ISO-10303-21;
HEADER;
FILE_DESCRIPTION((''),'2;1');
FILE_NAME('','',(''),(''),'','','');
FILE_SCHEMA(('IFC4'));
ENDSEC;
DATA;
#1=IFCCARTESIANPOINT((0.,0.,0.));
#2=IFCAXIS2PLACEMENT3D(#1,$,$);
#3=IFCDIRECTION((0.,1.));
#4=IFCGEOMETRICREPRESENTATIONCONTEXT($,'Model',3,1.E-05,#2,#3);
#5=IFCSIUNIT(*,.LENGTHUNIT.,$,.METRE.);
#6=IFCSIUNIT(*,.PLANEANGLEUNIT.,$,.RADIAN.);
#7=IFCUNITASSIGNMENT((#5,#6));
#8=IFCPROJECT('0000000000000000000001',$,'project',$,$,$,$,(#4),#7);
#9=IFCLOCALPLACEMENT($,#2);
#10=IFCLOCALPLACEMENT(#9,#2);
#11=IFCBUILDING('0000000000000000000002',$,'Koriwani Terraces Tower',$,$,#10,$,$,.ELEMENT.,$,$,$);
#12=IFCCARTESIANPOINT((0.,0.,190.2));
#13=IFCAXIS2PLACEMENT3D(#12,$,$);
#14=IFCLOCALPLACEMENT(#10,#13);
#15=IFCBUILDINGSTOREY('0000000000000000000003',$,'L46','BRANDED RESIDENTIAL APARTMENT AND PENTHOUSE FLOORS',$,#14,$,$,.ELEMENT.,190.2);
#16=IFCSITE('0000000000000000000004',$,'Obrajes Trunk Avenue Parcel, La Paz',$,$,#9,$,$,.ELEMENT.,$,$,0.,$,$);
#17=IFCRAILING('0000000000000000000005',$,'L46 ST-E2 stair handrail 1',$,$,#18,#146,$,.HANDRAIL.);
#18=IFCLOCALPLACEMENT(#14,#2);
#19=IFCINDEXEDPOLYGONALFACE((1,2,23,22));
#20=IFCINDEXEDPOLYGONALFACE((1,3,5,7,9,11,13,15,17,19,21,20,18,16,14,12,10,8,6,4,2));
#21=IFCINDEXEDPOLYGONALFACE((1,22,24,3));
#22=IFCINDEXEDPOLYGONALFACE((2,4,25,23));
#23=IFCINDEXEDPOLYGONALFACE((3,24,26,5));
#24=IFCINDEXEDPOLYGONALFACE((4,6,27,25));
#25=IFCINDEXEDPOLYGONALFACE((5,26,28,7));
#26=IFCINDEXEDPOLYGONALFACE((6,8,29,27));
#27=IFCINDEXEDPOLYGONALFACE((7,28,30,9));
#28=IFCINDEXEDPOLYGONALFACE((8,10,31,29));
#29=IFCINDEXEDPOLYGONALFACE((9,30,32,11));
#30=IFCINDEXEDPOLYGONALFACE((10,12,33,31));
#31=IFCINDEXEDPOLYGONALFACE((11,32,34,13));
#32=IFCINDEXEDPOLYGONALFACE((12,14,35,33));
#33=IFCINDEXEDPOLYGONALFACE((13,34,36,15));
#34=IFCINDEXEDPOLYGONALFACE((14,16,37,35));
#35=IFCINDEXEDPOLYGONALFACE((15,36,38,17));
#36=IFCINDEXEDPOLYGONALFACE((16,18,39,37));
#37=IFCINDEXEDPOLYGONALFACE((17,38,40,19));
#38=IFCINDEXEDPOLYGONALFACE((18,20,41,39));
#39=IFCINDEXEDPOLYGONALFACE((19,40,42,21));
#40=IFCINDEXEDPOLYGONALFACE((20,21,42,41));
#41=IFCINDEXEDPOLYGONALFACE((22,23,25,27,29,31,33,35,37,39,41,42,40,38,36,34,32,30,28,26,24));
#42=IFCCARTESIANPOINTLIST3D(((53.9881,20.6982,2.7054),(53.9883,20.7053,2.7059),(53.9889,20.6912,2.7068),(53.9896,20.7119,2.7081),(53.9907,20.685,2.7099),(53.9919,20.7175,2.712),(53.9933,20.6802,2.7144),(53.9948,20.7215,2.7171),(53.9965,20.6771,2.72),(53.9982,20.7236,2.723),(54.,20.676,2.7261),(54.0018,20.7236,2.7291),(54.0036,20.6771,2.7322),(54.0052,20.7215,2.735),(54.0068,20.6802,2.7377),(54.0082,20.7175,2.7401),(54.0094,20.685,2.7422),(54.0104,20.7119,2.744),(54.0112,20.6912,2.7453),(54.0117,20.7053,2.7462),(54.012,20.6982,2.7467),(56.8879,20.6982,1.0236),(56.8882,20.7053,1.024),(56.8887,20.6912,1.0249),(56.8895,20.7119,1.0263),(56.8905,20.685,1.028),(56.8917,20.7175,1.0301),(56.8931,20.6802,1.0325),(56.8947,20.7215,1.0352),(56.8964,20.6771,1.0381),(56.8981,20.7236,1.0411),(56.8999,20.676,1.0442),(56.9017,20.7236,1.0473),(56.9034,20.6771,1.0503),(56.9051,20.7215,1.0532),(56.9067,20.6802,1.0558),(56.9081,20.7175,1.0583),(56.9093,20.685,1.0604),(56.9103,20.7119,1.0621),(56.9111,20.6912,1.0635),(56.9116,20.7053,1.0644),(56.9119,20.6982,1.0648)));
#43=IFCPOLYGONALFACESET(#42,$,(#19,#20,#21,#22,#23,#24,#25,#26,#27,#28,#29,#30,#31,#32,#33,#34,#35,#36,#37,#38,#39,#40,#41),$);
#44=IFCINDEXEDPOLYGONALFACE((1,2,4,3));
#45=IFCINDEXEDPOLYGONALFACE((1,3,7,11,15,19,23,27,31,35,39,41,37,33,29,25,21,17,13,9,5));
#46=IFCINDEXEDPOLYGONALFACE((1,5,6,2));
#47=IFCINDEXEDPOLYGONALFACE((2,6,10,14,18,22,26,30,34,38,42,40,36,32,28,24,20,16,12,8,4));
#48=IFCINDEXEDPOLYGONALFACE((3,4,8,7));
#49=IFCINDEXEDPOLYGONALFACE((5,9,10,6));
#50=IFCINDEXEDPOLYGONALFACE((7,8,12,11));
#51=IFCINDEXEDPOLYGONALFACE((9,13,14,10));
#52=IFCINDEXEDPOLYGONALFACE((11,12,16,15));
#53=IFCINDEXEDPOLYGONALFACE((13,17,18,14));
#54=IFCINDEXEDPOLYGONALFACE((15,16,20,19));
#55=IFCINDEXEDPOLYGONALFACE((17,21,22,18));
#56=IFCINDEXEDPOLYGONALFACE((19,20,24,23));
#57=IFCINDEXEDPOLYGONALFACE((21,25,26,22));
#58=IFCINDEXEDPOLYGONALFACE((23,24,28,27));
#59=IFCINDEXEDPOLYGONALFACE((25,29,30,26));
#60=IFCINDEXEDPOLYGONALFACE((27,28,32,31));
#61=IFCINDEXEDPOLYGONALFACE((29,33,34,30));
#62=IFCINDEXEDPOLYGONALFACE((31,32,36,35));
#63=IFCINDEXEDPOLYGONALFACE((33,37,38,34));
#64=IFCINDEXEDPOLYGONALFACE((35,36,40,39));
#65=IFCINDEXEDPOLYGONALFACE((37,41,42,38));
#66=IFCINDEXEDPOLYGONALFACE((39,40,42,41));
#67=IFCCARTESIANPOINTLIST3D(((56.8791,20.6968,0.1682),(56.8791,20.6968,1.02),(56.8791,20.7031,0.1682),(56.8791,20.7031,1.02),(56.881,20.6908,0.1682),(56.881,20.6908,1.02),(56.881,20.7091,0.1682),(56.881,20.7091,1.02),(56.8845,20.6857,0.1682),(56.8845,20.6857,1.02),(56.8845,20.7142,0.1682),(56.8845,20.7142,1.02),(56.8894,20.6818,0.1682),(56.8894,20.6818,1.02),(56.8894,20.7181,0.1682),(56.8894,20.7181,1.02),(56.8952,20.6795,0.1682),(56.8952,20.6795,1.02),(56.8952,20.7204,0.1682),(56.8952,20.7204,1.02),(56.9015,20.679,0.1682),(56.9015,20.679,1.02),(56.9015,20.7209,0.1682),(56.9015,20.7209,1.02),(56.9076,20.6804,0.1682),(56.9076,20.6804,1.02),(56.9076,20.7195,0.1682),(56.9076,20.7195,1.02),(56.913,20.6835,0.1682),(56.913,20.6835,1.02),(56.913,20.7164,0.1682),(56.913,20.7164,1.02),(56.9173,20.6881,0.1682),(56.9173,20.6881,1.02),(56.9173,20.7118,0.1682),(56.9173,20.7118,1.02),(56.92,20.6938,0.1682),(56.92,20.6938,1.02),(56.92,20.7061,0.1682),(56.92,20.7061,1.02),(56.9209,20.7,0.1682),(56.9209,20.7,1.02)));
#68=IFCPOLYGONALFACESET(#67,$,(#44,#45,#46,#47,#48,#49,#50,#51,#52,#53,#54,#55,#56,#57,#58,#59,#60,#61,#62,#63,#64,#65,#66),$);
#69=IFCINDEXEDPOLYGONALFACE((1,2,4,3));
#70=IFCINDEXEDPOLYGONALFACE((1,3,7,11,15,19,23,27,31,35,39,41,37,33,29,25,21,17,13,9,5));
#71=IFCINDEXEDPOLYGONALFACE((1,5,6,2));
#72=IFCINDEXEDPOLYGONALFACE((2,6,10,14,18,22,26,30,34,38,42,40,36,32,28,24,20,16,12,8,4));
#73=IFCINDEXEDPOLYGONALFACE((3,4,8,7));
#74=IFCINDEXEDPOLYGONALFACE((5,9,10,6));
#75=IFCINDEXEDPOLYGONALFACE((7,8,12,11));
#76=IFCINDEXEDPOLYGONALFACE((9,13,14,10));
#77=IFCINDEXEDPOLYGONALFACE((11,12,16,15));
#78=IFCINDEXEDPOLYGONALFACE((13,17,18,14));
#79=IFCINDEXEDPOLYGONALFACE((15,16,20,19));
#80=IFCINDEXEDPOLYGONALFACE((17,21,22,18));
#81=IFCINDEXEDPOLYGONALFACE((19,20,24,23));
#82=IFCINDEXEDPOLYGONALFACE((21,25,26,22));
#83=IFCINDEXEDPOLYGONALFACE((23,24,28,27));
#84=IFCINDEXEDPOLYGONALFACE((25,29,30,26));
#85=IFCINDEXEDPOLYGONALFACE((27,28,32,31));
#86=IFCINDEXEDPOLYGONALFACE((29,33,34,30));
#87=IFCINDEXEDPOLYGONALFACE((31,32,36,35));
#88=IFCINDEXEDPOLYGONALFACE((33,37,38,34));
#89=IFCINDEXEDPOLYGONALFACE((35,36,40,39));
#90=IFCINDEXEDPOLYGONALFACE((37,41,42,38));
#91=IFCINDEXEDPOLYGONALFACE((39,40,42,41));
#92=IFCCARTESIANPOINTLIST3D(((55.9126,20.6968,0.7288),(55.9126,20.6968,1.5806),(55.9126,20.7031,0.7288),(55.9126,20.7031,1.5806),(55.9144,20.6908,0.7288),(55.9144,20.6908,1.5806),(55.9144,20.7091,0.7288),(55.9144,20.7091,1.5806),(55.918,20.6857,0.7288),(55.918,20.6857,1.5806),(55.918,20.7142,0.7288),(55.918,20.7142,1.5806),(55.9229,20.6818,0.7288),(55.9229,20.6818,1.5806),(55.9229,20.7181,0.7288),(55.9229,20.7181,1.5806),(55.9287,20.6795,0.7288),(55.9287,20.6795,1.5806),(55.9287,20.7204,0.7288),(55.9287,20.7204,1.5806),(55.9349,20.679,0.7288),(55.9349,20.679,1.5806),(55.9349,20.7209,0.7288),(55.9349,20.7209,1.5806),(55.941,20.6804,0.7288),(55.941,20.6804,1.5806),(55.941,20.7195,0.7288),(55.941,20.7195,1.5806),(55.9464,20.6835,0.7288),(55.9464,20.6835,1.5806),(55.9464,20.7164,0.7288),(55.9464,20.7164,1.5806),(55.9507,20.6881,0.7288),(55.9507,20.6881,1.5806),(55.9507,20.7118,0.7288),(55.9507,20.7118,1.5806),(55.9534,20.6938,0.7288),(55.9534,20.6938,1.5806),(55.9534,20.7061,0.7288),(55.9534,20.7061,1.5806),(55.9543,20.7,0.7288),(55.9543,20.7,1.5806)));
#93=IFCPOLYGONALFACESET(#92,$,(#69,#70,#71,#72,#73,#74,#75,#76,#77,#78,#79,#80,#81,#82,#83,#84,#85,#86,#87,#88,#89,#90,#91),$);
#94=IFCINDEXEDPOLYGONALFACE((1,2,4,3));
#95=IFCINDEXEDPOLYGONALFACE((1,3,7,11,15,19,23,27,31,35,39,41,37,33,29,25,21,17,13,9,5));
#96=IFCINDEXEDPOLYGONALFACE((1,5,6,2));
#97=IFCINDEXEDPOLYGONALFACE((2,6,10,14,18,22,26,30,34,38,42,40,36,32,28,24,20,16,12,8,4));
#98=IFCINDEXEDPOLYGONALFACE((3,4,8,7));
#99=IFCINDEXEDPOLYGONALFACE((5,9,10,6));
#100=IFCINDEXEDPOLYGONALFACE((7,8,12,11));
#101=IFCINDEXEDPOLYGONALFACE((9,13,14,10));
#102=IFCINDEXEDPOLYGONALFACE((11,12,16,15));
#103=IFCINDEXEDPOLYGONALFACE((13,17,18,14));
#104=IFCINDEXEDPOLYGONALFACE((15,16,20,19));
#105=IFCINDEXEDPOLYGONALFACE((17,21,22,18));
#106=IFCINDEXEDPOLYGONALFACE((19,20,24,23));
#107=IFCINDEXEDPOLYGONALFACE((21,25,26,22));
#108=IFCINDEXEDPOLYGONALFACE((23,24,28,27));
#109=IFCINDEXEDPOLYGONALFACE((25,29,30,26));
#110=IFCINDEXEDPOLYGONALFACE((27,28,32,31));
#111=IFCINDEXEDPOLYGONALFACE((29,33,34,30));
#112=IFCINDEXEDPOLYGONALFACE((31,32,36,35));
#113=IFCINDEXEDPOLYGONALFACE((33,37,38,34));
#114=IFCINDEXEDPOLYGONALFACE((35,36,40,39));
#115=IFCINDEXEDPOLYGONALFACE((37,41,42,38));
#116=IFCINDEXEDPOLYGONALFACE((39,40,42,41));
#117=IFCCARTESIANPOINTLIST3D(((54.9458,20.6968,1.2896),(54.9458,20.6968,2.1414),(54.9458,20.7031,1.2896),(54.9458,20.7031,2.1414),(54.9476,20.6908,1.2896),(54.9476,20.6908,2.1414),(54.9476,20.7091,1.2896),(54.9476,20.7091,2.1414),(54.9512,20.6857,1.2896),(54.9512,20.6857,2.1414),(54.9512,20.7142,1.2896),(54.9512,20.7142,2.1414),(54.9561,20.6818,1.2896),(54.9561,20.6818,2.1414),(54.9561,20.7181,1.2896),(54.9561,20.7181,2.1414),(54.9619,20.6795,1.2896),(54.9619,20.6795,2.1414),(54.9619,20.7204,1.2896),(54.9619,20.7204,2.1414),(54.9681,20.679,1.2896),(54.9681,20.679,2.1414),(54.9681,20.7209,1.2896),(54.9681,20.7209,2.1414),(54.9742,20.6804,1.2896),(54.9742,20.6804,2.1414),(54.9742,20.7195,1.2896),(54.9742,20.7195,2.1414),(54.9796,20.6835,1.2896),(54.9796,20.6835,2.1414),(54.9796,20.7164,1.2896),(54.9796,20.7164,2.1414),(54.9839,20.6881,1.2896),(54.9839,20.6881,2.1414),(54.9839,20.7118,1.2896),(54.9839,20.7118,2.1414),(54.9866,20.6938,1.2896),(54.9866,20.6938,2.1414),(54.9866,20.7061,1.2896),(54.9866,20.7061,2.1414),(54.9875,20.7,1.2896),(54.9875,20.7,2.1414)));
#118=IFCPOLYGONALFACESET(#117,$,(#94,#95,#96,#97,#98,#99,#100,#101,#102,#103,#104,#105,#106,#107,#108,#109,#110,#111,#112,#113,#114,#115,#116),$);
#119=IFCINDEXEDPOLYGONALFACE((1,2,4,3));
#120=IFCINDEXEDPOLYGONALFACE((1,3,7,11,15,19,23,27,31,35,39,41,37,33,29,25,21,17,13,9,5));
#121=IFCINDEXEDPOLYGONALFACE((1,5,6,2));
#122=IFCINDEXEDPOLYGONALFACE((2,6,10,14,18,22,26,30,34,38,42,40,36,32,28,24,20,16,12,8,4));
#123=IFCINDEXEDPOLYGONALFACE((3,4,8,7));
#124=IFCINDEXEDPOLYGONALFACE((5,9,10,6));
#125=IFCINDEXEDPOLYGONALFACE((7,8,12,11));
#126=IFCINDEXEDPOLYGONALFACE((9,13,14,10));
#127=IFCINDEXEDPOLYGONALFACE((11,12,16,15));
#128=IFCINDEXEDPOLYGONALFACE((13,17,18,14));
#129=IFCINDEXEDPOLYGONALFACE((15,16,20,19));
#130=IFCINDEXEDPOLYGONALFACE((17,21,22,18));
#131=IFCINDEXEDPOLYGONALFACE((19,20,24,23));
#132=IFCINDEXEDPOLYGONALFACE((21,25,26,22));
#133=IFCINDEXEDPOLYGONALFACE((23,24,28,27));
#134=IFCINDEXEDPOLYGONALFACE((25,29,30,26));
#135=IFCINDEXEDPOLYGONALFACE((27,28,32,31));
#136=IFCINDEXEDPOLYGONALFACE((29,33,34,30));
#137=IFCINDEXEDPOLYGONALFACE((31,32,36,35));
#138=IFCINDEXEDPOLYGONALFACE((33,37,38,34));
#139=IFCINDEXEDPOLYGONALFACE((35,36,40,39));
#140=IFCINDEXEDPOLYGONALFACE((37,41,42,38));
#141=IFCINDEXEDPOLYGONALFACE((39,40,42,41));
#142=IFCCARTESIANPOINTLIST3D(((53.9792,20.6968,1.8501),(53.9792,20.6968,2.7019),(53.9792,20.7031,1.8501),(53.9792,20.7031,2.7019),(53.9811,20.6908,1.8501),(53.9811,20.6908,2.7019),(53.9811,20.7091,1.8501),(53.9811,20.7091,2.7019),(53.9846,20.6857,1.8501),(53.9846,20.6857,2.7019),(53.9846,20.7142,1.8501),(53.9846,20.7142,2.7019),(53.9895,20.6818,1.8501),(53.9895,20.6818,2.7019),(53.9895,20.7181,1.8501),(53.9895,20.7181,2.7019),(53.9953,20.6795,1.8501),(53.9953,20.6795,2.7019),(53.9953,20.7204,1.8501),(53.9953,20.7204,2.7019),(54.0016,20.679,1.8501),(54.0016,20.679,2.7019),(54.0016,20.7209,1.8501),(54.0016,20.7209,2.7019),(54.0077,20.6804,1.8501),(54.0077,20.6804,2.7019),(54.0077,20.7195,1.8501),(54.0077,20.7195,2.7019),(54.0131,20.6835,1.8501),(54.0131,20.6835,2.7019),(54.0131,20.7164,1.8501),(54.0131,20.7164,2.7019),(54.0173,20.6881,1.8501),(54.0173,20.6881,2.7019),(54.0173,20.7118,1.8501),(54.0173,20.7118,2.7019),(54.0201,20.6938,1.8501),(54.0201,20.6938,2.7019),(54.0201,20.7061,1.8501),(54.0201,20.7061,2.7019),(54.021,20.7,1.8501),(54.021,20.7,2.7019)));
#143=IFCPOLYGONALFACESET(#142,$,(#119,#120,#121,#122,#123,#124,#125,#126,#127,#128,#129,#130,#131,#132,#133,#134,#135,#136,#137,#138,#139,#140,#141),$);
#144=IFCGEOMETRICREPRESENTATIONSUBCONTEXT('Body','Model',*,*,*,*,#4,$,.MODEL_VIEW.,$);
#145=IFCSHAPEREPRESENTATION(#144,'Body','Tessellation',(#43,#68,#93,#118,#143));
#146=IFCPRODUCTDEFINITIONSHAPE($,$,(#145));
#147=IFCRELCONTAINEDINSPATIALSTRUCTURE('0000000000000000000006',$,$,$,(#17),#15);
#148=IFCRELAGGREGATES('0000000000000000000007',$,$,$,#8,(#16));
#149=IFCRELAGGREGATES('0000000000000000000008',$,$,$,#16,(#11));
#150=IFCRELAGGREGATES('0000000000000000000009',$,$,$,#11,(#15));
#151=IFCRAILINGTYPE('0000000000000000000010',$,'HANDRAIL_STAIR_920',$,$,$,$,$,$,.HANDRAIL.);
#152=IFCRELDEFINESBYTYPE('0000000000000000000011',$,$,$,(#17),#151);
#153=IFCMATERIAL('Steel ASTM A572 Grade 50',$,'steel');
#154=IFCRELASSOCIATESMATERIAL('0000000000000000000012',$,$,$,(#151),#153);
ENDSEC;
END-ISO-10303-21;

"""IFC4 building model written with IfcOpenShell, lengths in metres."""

from ifc_helpers import new_model, si_unit, direction, frame, origin, origin_2d, place, context, subcontext, project, spatial, circle, extrude, material, type_object, element, save


model = new_model("IFC4")

# Units and contexts
model_context = context("Model", 3, precision=1e-05, world=origin(), true_north=direction((0.0, 1.0)))
body_context = subcontext(model_context, "Body", "Model", "MODEL_VIEW")
ifc_project = project(units=[si_unit("LENGTHUNIT", "METRE"), si_unit("PLANEANGLEUNIT", "RADIAN")], contexts=[model_context])

# Site, building, storey
site_placement = place(None, origin())
site = spatial("IfcSite", under=ifc_project, at=site_placement, Name="Obrajes Trunk Avenue Parcel, La Paz", CompositionType="ELEMENT", RefElevation=0.0)
building_placement = place(site_placement, origin())
building = spatial("IfcBuilding", under=site, at=building_placement, Name="Koriwani Terraces Tower", CompositionType="ELEMENT")
storey_placement = place(building_placement, frame((0.0, 0.0, 190.2)))
storey = spatial("IfcBuildingStorey", under=building, at=storey_placement, Name="L46", Description="BRANDED RESIDENTIAL APARTMENT AND PENTHOUSE FLOORS", CompositionType="ELEMENT", Elevation=190.2)

# Shared definitions
ifc_material_1 = material(Name="Steel ASTM A572 Grade 50", Category="steel")

# Railing
railing_type_1 = type_object("IfcRailingType", Name="HANDRAIL_STAIR_920", PredefinedType="HANDRAIL", material=ifc_material_1)
railing_1_placement = place(storey_placement, frame((56.8999, 20.7, 0.1682)))
element("IfcRailing", 1, at=railing_1_placement, inside=storey, type_object=railing_type_1, Name="L46 ST-E2 stair handrail 1", PredefinedType="HANDRAIL", context=body_context, shape_type="SweptSolid", body=[
    extrude(circle(Radius=0.0239, at=origin_2d()), frame((0.0, 0.0, 0.876), z_axis=(-0.865039, 0.0, 0.501705), x_axis=(0.0, -1.0, 0.0)), (0.0, 0.0, 1.0), 3.3523),
    extrude(circle(Radius=0.021, at=origin_2d()), origin(), (0.0, 0.0, 1.0), 0.8518),
    extrude(circle(Radius=0.021, at=origin_2d()), frame((-0.9666, 0.0, 0.5605)), (0.0, 0.0, 1.0), 0.8518),
    extrude(circle(Radius=0.021, at=origin_2d()), frame((-1.9333, 0.0, 1.1213)), (0.0, 0.0, 1.0), 0.8518),
    extrude(circle(Radius=0.021, at=origin_2d()), frame((-2.8999, 0.0, 1.6819)), (0.0, 0.0, 1.0), 0.8518),
])

save(model, "model.ifc")
